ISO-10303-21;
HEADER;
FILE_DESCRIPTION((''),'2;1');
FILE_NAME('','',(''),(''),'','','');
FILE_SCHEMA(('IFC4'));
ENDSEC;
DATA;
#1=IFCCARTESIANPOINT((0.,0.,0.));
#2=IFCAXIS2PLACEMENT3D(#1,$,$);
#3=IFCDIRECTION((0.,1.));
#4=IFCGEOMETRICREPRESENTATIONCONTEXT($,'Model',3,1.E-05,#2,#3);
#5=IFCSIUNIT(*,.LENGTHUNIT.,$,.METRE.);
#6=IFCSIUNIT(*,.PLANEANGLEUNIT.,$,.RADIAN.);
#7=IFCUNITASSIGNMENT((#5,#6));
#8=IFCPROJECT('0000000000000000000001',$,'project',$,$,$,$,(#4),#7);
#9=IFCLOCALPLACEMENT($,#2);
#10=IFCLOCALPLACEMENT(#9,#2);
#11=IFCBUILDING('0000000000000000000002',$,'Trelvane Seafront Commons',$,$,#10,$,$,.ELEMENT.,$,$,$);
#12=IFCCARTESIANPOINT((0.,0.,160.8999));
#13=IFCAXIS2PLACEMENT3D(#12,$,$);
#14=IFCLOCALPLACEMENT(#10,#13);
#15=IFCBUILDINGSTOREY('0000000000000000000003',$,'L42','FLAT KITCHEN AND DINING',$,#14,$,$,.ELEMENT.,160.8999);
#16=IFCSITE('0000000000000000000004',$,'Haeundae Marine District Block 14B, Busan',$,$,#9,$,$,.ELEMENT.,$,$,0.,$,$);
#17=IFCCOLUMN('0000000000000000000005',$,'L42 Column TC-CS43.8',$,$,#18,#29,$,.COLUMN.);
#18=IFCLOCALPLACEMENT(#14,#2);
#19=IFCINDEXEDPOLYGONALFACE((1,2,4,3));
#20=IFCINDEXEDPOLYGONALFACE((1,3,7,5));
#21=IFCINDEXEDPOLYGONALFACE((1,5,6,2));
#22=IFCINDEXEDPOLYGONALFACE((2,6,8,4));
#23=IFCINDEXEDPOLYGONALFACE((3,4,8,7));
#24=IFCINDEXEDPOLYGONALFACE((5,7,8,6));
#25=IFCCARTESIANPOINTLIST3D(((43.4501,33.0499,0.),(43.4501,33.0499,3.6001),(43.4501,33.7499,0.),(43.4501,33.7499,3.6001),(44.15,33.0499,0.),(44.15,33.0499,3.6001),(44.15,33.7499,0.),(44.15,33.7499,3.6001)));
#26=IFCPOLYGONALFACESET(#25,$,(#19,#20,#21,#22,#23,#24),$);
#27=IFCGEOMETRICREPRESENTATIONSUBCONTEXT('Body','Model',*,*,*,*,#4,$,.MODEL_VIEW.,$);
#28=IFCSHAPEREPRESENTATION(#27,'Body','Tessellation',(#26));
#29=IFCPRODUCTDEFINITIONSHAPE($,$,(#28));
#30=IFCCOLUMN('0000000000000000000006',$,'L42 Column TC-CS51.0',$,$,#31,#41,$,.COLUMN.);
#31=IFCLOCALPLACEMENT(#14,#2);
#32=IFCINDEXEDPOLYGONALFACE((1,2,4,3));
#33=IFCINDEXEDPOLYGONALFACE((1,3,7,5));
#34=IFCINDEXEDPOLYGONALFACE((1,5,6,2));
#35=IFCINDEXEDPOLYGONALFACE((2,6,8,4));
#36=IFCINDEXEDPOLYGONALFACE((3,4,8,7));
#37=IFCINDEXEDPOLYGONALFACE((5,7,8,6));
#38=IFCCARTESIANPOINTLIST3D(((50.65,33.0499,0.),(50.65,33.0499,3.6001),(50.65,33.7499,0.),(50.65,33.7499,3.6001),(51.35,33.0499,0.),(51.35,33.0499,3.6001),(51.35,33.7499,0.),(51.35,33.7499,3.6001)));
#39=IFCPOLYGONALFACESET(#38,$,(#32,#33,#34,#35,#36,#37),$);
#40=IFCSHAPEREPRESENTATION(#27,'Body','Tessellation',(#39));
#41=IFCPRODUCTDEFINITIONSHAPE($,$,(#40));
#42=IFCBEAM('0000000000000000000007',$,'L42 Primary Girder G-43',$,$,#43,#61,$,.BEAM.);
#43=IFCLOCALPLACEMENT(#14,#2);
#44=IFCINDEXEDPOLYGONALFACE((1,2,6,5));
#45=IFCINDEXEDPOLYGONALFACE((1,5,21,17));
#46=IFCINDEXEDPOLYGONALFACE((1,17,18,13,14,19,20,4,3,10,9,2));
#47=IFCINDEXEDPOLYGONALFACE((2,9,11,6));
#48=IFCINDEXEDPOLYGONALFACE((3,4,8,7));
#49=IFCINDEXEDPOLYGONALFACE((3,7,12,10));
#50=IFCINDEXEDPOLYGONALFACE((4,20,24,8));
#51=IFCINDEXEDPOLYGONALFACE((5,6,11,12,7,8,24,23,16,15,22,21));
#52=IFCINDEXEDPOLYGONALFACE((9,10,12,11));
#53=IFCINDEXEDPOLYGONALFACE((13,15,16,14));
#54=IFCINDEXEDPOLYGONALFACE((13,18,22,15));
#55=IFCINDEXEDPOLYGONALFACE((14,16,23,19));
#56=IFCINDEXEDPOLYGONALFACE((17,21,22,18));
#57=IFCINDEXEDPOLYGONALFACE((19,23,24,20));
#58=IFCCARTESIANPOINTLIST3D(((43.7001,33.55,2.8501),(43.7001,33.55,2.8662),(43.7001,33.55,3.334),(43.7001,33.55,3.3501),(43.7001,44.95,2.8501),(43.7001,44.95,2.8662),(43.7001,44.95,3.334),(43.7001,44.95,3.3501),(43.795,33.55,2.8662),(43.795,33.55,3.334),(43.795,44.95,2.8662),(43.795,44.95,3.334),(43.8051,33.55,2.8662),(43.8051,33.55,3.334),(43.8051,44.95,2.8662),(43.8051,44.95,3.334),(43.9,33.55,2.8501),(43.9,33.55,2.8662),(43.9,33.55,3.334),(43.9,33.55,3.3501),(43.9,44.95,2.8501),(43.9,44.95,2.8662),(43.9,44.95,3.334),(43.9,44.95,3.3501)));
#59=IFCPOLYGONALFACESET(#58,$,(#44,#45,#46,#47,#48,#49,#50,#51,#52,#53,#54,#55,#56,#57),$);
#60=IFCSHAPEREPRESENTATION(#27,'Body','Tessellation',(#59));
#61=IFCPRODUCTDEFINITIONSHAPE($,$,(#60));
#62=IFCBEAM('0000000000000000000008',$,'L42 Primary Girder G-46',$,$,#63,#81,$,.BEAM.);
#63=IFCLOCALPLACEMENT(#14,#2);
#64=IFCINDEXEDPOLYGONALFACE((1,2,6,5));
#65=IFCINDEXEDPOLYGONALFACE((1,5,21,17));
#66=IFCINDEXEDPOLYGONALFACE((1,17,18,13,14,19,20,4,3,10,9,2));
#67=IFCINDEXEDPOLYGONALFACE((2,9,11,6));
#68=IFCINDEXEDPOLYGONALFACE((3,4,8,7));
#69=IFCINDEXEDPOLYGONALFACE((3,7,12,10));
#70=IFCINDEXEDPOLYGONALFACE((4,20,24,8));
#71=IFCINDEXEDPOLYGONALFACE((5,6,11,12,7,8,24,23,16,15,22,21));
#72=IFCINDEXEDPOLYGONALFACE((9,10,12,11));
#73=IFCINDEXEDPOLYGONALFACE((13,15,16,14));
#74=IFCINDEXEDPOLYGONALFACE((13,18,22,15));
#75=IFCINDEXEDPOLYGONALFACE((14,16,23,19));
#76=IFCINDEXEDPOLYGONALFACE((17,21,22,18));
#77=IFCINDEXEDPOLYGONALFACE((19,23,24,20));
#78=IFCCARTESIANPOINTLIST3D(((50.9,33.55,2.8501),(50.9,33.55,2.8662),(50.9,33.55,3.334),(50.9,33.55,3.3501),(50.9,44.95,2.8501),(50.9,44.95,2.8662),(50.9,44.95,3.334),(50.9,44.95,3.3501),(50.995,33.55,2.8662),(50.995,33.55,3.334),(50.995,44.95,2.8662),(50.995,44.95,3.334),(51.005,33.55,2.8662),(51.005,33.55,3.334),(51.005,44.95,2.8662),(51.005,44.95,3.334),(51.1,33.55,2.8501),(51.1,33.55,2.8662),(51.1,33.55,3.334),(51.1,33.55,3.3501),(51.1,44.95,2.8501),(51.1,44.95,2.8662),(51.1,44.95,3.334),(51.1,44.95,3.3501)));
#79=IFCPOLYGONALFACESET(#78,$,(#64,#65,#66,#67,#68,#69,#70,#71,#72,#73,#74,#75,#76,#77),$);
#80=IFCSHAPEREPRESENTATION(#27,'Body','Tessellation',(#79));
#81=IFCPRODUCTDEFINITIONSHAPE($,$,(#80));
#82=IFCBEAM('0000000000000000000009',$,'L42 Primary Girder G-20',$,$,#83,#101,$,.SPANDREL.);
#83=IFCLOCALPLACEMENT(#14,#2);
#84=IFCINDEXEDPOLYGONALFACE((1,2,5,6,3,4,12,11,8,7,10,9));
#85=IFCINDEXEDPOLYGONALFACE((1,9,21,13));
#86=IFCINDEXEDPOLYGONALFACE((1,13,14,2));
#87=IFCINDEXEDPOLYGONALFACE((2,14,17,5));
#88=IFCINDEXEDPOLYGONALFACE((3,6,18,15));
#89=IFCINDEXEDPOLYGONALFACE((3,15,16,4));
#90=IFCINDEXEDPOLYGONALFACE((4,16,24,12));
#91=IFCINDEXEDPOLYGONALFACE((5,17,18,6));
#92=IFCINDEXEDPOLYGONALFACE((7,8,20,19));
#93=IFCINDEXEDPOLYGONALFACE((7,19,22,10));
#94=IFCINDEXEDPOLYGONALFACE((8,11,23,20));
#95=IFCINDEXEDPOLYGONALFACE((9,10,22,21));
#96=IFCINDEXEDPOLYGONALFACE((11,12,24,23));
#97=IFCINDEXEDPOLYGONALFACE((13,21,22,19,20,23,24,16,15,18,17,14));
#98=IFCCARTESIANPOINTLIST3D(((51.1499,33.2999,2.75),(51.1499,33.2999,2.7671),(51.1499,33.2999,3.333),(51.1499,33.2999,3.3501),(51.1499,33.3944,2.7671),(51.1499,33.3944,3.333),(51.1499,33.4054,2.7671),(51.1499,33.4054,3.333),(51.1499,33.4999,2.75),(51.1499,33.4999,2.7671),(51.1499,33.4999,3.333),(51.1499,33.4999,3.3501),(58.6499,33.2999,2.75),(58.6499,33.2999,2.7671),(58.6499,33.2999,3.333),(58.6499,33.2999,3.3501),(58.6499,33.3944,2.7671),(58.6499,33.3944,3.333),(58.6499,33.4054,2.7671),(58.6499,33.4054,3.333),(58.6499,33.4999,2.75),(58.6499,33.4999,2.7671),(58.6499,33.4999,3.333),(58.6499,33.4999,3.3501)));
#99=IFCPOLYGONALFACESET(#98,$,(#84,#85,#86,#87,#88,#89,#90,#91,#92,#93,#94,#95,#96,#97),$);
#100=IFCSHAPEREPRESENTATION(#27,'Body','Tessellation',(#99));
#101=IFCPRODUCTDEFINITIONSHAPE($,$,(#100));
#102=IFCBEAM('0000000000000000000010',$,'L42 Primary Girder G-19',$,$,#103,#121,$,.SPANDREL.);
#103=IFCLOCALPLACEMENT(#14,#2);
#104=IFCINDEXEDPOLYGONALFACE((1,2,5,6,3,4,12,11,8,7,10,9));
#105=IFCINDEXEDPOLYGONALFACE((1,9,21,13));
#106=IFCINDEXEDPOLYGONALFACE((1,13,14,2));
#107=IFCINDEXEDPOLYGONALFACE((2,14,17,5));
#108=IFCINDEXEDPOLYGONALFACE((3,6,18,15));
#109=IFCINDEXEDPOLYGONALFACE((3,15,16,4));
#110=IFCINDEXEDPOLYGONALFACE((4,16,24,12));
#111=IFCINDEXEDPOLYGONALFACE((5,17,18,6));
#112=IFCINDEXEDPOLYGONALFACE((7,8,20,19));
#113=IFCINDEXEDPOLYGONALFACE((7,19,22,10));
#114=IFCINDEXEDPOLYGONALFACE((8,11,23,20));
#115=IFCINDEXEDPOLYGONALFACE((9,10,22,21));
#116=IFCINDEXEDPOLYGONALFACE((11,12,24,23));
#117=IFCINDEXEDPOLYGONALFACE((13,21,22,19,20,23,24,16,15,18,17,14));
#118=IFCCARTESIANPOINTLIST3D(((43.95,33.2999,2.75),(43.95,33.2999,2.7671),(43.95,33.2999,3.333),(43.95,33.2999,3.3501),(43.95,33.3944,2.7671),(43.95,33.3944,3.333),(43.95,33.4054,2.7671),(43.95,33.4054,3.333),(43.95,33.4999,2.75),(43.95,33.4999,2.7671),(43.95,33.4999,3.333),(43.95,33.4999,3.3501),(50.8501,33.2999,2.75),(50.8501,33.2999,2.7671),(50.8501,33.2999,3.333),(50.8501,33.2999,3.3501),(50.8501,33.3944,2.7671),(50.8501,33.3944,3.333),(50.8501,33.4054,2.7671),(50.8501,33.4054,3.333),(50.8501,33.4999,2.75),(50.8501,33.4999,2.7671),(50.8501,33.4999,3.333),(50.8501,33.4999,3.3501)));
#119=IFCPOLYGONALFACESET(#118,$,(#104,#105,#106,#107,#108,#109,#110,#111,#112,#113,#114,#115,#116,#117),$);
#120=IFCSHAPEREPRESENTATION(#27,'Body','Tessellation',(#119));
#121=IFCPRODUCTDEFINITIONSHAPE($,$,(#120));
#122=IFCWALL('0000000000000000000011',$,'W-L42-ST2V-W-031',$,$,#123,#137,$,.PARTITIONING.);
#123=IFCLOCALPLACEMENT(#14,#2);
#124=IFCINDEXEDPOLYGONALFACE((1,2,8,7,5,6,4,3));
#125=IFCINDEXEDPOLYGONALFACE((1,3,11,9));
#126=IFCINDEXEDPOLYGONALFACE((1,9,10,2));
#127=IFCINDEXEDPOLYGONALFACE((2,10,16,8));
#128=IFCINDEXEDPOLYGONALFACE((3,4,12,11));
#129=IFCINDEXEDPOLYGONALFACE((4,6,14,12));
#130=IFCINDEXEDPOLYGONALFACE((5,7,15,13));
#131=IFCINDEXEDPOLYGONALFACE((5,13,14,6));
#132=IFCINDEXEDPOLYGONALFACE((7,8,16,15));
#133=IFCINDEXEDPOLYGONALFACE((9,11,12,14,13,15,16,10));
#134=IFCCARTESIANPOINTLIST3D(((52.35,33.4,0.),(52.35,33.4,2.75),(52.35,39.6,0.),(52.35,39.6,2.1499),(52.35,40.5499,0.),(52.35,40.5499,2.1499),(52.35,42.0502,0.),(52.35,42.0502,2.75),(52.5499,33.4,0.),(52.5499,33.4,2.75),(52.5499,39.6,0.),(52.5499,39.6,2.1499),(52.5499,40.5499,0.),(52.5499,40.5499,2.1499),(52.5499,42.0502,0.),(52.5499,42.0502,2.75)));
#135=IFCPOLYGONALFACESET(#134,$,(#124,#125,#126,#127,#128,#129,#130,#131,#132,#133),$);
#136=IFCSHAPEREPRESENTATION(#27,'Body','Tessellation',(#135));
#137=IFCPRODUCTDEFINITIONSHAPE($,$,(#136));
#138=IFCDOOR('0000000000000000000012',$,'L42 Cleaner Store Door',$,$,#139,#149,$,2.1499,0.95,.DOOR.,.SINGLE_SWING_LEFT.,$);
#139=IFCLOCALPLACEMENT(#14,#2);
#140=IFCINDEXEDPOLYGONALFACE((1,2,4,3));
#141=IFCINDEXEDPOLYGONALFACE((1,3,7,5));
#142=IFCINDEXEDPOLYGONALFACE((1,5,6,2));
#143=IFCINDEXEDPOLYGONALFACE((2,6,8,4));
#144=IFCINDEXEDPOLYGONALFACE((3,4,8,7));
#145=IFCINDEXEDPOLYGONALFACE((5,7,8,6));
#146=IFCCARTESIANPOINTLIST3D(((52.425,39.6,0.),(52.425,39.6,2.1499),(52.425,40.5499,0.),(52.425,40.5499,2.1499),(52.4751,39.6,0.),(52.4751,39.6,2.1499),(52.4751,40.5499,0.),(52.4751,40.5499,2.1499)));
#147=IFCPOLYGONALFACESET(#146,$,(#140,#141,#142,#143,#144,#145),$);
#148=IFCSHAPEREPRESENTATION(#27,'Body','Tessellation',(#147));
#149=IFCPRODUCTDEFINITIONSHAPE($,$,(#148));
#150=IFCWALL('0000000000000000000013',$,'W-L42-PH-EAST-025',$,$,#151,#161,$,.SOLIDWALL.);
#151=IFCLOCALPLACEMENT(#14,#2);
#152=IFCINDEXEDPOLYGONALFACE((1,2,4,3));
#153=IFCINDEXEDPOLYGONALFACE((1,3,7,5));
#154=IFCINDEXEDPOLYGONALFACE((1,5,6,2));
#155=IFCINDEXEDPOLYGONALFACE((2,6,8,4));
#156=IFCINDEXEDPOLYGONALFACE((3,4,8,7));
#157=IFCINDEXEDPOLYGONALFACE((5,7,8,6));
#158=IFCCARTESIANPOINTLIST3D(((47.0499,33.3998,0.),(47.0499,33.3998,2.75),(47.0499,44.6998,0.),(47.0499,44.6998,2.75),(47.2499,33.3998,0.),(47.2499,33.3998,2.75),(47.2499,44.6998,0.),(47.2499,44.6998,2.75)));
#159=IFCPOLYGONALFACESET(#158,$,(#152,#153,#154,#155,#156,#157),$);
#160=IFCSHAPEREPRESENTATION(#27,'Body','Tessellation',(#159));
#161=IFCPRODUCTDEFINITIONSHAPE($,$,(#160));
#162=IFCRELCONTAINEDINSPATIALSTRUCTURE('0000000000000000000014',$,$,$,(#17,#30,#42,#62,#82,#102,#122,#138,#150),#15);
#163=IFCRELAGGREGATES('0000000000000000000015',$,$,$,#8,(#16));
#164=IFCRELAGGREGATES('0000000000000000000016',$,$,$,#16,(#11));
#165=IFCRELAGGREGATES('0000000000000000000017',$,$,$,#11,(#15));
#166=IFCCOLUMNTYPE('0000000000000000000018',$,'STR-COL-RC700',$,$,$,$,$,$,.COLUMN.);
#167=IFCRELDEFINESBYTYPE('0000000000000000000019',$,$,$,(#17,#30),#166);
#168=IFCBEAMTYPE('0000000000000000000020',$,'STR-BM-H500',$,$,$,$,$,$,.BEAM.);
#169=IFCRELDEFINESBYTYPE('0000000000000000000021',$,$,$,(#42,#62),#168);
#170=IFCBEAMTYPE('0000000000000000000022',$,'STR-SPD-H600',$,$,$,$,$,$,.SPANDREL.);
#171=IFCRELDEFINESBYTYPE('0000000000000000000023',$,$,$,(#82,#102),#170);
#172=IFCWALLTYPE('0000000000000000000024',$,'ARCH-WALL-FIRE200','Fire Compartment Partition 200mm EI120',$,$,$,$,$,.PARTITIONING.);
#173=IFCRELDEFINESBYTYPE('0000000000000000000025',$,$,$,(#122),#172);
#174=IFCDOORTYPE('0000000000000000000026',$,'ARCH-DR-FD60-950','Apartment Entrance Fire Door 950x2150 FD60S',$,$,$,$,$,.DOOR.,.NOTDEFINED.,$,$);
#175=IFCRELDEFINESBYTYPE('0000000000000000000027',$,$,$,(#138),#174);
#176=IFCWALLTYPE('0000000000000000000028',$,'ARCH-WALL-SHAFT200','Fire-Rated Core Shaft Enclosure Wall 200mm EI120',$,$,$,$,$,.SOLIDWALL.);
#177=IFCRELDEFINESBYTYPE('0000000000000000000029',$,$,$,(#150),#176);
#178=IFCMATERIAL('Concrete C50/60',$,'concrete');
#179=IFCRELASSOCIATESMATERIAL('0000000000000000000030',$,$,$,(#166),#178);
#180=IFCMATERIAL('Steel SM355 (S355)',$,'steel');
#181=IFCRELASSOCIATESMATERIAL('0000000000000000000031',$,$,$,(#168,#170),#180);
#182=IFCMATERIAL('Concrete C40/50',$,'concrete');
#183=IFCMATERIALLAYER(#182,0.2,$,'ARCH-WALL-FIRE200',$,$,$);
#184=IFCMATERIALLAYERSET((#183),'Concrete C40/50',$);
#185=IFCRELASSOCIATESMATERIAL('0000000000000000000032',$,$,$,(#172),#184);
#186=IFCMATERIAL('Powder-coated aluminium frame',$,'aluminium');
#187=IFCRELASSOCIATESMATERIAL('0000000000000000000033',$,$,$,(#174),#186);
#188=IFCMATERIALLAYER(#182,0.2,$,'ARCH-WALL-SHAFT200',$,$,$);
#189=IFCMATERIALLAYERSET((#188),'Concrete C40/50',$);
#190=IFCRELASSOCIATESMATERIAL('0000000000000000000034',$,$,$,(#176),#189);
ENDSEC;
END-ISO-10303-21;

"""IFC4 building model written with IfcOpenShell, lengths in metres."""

from ifc_helpers import new_model, si_unit, direction, frame, frame_2d, origin, origin_2d, place, context, subcontext, project, spatial, rectangle, i_section, extrude, source, transform, mapped, material, layer, layer_set, material_profile, profile_set, type_object, element, fill, save


model = new_model("IFC4")

# Units and contexts
model_context = context("Model", 3, precision=1e-05, world=origin(), true_north=direction((0.0, 1.0)))
body_context = subcontext(model_context, "Body", "Model", "MODEL_VIEW")
ifc_project = project(units=[si_unit("LENGTHUNIT", "METRE"), si_unit("PLANEANGLEUNIT", "RADIAN")], contexts=[model_context])

# Site, building, storey
site_placement = place(None, origin())
site = spatial("IfcSite", under=ifc_project, at=site_placement, Name="Haeundae Marine District Block 14B, Busan", CompositionType="ELEMENT", RefElevation=0.0)
building_placement = place(site_placement, origin())
building = spatial("IfcBuilding", under=site, at=building_placement, Name="Trelvane Seafront Commons", CompositionType="ELEMENT")
storey_placement = place(building_placement, frame((0.0, 0.0, 160.8999)))
storey = spatial("IfcBuildingStorey", under=building, at=storey_placement, Name="L42", Description="FLAT KITCHEN AND DINING", CompositionType="ELEMENT", Elevation=160.8999)

# Columns
ifc_material_1 = material(Name="Concrete C50/60", Category="concrete")
ifc_material_profile_1 = material_profile(ifc_material_1, rectangle(XDim=0.7, YDim=0.7, at=origin_2d()), Name="RC-700x700")
ifc_profile_set_1 = profile_set([ifc_material_profile_1], Name="Concrete C50/60")
column_type = type_object("IfcColumnType", Name="STR-COL-RC700", PredefinedType="COLUMN", material=ifc_profile_set_1)
shared_shape_1 = source(origin(), body_context, "Body", "SweptSolid", [
    extrude(rectangle(XDim=0.7, YDim=0.7, at=origin_2d()), origin(), (0.0, 0.0, 1.0), 3.6001),
])
for number, where, z_axis, x_axis, name in (
    (1, (43.8, 33.3999, 0.0), (0.0, 0.0, 1.0), (1.0, 0.0, 0.0), "L42 Column TC-CS43.8"),
    (2, (51.0, 33.3999, 0.0), (0.0, 0.0, 1.0), (1.0, 0.0, 0.0), "L42 Column TC-CS51.0"),
):
    element("IfcColumn", number, at=place(storey_placement, frame(where, z_axis=z_axis, x_axis=x_axis)), inside=storey, type_object=column_type, Name=name, PredefinedType="COLUMN", context=body_context, shape_type="MappedRepresentation", body=[
        mapped(shared_shape_1, transform((0.0, 0.0, 0.0), x_axis=(1.0, 0.0, 0.0), y_axis=(0.0, 1.0, 0.0), z_axis=(0.0, 0.0, 1.0), scale=1.0)),
    ])

# Beams
ifc_material_2 = material(Name="Steel SM355 (S355)", Category="steel")
ifc_material_profile_2 = material_profile(ifc_material_2, i_section(OverallWidth=0.2, OverallDepth=0.5, WebThickness=0.01, FlangeThickness=0.0161, at=origin_2d()), Name="H-500x200x10x16")
ifc_profile_set_2 = profile_set([ifc_material_profile_2], Name="Steel SM355 (S355)")
beam_type_1 = type_object("IfcBeamType", Name="STR-BM-H500", PredefinedType="BEAM", material=ifc_profile_set_2)
shared_shape_2 = source(origin(), body_context, "Body", "SweptSolid", [
    extrude(i_section(OverallWidth=0.2, OverallDepth=0.5, WebThickness=0.01, FlangeThickness=0.0161, at=origin_2d()), origin(), (0.0, 0.0, 1.0), 11.3999),
])
for number, where, z_axis, x_axis, name in (
    (3, (43.8, 33.55, 3.1001), (0.0, 1.0, 0.0), (-1.0, 0.0, 0.0), "L42 Primary Girder G-43"),
    (4, (51.0, 33.55, 3.1001), (0.0, 1.0, 0.0), (-1.0, 0.0, 0.0), "L42 Primary Girder G-46"),
):
    element("IfcBeam", number, at=place(storey_placement, frame(where, z_axis=z_axis, x_axis=x_axis)), inside=storey, type_object=beam_type_1, Name=name, PredefinedType="BEAM", context=body_context, shape_type="MappedRepresentation", body=[
        mapped(shared_shape_2, transform((0.0, 0.0, 0.0), x_axis=(1.0, 0.0, 0.0), y_axis=(0.0, 1.0, 0.0), z_axis=(0.0, 0.0, 1.0), scale=1.0)),
    ])
ifc_material_profile_3 = material_profile(ifc_material_2, i_section(OverallWidth=0.2, OverallDepth=0.6001, WebThickness=0.011, FlangeThickness=0.0171, at=origin_2d()), Name="H-600x200x11x17")
ifc_profile_set_3 = profile_set([ifc_material_profile_3], Name="Steel SM355 (S355)")
beam_type_2 = type_object("IfcBeamType", Name="STR-SPD-H600", PredefinedType="SPANDREL", material=ifc_profile_set_3)
shared_shape_3 = source(origin(), body_context, "Body", "SweptSolid", [
    extrude(i_section(OverallWidth=0.2, OverallDepth=0.6001, WebThickness=0.011, FlangeThickness=0.0171, at=origin_2d()), origin(), (0.0, 0.0, 1.0), 7.5),
])
beam_1_placement = place(storey_placement, frame((51.1499, 33.3999, 3.05), z_axis=(1.0, 0.0, 0.0), x_axis=(0.0, 1.0, 0.0)))
element("IfcBeam", 5, at=beam_1_placement, inside=storey, type_object=beam_type_2, Name="L42 Primary Girder G-20", PredefinedType="SPANDREL", context=body_context, shape_type="MappedRepresentation", body=[
    mapped(shared_shape_3, transform((0.0, 0.0, 0.0), x_axis=(1.0, 0.0, 0.0), y_axis=(0.0, 1.0, 0.0), z_axis=(0.0, 0.0, 1.0), scale=1.0)),
])
shared_shape_4 = source(origin(), body_context, "Body", "SweptSolid", [
    extrude(i_section(OverallWidth=0.2, OverallDepth=0.6001, WebThickness=0.011, FlangeThickness=0.0171, at=origin_2d()), origin(), (0.0, 0.0, 1.0), 6.9001),
])
beam_2_placement = place(storey_placement, frame((43.95, 33.3999, 3.05), z_axis=(1.0, 0.0, 0.0), x_axis=(0.0, 1.0, 0.0)))
element("IfcBeam", 6, at=beam_2_placement, inside=storey, type_object=beam_type_2, Name="L42 Primary Girder G-19", PredefinedType="SPANDREL", context=body_context, shape_type="MappedRepresentation", body=[
    mapped(shared_shape_4, transform((0.0, 0.0, 0.0), x_axis=(1.0, 0.0, 0.0), y_axis=(0.0, 1.0, 0.0), z_axis=(0.0, 0.0, 1.0), scale=1.0)),
])

# Wall, opening, door
ifc_material_3 = material(Name="Concrete C40/50", Category="concrete")
ifc_layer_1 = layer(ifc_material_3, 0.2, Name="ARCH-WALL-FIRE200")
ifc_layer_set_1 = layer_set([ifc_layer_1], Name="Concrete C40/50")
wall_type_1 = type_object("IfcWallType", Name="ARCH-WALL-FIRE200", Description="Fire Compartment Partition 200mm EI120", PredefinedType="PARTITIONING", material=ifc_layer_set_1)
wall_1_placement = place(storey_placement, frame((52.45, 33.3999, 0.0), z_axis=(0.0, 0.0, 1.0), x_axis=(0.0, 1.0, 0.0)))
wall_1 = element("IfcWall", 7, at=wall_1_placement, inside=storey, type_object=wall_type_1, Name="W-L42-ST2V-W-031", PredefinedType="PARTITIONING", context=body_context, shape_type="SweptSolid", body=[
    extrude(rectangle(XDim=8.6501, YDim=0.2, at=frame_2d((4.3252, 0.0))), origin(), (0.0, 0.0, 1.0), 2.75),
])
opening_1_placement = place(wall_1_placement, frame((6.2, 0.0, 0.0)))
opening_1 = element("IfcOpeningElement", 8, at=opening_1_placement, cuts=wall_1, PredefinedType="OPENING", context=body_context, shape_type="SweptSolid", body=[
    extrude(rectangle(XDim=0.95, YDim=2.1499, at=frame_2d((0.4751, 1.075))), frame((0.0, 0.1099, 0.0), z_axis=(0.0, -1.0, 0.0), x_axis=(1.0, 0.0, 0.0)), (0.0, 0.0, 1.0), 0.22),
])
ifc_material_4 = material(Name="Powder-coated aluminium frame", Category="aluminium")
door_type_1 = type_object("IfcDoorType", Name="ARCH-DR-FD60-950", Description="Apartment Entrance Fire Door 950x2150 FD60S", OperationType="NOTDEFINED", PredefinedType="DOOR", material=ifc_material_4)
shared_shape_5 = source(origin(), body_context, "Body", "SweptSolid", [
    extrude(rectangle(XDim=0.95, YDim=2.1499, at=frame_2d((0.4751, 1.075))), frame((0.0, 0.0249, 0.0), z_axis=(0.0, -1.0, 0.0), x_axis=(1.0, 0.0, 0.0)), (0.0, 0.0, 1.0), 0.05),
])
door_1_placement = place(opening_1_placement, origin())
door_1 = element("IfcDoor", 9, at=door_1_placement, inside=storey, type_object=door_type_1, Name="L42 Cleaner Store Door", OperationType="SINGLE_SWING_LEFT", OverallHeight=2.1499, OverallWidth=0.95, PredefinedType="DOOR", context=body_context, shape_type="MappedRepresentation", body=[
    mapped(shared_shape_5, transform((0.0, 0.0, 0.0), x_axis=(1.0, 0.0, 0.0), y_axis=(0.0, 1.0, 0.0), z_axis=(0.0, 0.0, 1.0), scale=1.0)),
])
fill(opening_1, door_1)

# Wall
ifc_layer_2 = layer(ifc_material_3, 0.2, Name="ARCH-WALL-SHAFT200")
ifc_layer_set_2 = layer_set([ifc_layer_2], Name="Concrete C40/50")
wall_type_2 = type_object("IfcWallType", Name="ARCH-WALL-SHAFT200", Description="Fire-Rated Core Shaft Enclosure Wall 200mm EI120", PredefinedType="SOLIDWALL", material=ifc_layer_set_2)
wall_2_placement = place(storey_placement, frame((47.1499, 33.3999, 0.0), z_axis=(0.0, 0.0, 1.0), x_axis=(0.0, 1.0, 0.0)))
element("IfcWall", 10, at=wall_2_placement, inside=storey, type_object=wall_type_2, Name="W-L42-PH-EAST-025", PredefinedType="SOLIDWALL", context=body_context, shape_type="SweptSolid", body=[
    extrude(rectangle(XDim=11.3, YDim=0.2, at=frame_2d((5.6499, 0.0))), origin(), (0.0, 0.0, 1.0), 2.75),
])

save(model, "model.ifc")
